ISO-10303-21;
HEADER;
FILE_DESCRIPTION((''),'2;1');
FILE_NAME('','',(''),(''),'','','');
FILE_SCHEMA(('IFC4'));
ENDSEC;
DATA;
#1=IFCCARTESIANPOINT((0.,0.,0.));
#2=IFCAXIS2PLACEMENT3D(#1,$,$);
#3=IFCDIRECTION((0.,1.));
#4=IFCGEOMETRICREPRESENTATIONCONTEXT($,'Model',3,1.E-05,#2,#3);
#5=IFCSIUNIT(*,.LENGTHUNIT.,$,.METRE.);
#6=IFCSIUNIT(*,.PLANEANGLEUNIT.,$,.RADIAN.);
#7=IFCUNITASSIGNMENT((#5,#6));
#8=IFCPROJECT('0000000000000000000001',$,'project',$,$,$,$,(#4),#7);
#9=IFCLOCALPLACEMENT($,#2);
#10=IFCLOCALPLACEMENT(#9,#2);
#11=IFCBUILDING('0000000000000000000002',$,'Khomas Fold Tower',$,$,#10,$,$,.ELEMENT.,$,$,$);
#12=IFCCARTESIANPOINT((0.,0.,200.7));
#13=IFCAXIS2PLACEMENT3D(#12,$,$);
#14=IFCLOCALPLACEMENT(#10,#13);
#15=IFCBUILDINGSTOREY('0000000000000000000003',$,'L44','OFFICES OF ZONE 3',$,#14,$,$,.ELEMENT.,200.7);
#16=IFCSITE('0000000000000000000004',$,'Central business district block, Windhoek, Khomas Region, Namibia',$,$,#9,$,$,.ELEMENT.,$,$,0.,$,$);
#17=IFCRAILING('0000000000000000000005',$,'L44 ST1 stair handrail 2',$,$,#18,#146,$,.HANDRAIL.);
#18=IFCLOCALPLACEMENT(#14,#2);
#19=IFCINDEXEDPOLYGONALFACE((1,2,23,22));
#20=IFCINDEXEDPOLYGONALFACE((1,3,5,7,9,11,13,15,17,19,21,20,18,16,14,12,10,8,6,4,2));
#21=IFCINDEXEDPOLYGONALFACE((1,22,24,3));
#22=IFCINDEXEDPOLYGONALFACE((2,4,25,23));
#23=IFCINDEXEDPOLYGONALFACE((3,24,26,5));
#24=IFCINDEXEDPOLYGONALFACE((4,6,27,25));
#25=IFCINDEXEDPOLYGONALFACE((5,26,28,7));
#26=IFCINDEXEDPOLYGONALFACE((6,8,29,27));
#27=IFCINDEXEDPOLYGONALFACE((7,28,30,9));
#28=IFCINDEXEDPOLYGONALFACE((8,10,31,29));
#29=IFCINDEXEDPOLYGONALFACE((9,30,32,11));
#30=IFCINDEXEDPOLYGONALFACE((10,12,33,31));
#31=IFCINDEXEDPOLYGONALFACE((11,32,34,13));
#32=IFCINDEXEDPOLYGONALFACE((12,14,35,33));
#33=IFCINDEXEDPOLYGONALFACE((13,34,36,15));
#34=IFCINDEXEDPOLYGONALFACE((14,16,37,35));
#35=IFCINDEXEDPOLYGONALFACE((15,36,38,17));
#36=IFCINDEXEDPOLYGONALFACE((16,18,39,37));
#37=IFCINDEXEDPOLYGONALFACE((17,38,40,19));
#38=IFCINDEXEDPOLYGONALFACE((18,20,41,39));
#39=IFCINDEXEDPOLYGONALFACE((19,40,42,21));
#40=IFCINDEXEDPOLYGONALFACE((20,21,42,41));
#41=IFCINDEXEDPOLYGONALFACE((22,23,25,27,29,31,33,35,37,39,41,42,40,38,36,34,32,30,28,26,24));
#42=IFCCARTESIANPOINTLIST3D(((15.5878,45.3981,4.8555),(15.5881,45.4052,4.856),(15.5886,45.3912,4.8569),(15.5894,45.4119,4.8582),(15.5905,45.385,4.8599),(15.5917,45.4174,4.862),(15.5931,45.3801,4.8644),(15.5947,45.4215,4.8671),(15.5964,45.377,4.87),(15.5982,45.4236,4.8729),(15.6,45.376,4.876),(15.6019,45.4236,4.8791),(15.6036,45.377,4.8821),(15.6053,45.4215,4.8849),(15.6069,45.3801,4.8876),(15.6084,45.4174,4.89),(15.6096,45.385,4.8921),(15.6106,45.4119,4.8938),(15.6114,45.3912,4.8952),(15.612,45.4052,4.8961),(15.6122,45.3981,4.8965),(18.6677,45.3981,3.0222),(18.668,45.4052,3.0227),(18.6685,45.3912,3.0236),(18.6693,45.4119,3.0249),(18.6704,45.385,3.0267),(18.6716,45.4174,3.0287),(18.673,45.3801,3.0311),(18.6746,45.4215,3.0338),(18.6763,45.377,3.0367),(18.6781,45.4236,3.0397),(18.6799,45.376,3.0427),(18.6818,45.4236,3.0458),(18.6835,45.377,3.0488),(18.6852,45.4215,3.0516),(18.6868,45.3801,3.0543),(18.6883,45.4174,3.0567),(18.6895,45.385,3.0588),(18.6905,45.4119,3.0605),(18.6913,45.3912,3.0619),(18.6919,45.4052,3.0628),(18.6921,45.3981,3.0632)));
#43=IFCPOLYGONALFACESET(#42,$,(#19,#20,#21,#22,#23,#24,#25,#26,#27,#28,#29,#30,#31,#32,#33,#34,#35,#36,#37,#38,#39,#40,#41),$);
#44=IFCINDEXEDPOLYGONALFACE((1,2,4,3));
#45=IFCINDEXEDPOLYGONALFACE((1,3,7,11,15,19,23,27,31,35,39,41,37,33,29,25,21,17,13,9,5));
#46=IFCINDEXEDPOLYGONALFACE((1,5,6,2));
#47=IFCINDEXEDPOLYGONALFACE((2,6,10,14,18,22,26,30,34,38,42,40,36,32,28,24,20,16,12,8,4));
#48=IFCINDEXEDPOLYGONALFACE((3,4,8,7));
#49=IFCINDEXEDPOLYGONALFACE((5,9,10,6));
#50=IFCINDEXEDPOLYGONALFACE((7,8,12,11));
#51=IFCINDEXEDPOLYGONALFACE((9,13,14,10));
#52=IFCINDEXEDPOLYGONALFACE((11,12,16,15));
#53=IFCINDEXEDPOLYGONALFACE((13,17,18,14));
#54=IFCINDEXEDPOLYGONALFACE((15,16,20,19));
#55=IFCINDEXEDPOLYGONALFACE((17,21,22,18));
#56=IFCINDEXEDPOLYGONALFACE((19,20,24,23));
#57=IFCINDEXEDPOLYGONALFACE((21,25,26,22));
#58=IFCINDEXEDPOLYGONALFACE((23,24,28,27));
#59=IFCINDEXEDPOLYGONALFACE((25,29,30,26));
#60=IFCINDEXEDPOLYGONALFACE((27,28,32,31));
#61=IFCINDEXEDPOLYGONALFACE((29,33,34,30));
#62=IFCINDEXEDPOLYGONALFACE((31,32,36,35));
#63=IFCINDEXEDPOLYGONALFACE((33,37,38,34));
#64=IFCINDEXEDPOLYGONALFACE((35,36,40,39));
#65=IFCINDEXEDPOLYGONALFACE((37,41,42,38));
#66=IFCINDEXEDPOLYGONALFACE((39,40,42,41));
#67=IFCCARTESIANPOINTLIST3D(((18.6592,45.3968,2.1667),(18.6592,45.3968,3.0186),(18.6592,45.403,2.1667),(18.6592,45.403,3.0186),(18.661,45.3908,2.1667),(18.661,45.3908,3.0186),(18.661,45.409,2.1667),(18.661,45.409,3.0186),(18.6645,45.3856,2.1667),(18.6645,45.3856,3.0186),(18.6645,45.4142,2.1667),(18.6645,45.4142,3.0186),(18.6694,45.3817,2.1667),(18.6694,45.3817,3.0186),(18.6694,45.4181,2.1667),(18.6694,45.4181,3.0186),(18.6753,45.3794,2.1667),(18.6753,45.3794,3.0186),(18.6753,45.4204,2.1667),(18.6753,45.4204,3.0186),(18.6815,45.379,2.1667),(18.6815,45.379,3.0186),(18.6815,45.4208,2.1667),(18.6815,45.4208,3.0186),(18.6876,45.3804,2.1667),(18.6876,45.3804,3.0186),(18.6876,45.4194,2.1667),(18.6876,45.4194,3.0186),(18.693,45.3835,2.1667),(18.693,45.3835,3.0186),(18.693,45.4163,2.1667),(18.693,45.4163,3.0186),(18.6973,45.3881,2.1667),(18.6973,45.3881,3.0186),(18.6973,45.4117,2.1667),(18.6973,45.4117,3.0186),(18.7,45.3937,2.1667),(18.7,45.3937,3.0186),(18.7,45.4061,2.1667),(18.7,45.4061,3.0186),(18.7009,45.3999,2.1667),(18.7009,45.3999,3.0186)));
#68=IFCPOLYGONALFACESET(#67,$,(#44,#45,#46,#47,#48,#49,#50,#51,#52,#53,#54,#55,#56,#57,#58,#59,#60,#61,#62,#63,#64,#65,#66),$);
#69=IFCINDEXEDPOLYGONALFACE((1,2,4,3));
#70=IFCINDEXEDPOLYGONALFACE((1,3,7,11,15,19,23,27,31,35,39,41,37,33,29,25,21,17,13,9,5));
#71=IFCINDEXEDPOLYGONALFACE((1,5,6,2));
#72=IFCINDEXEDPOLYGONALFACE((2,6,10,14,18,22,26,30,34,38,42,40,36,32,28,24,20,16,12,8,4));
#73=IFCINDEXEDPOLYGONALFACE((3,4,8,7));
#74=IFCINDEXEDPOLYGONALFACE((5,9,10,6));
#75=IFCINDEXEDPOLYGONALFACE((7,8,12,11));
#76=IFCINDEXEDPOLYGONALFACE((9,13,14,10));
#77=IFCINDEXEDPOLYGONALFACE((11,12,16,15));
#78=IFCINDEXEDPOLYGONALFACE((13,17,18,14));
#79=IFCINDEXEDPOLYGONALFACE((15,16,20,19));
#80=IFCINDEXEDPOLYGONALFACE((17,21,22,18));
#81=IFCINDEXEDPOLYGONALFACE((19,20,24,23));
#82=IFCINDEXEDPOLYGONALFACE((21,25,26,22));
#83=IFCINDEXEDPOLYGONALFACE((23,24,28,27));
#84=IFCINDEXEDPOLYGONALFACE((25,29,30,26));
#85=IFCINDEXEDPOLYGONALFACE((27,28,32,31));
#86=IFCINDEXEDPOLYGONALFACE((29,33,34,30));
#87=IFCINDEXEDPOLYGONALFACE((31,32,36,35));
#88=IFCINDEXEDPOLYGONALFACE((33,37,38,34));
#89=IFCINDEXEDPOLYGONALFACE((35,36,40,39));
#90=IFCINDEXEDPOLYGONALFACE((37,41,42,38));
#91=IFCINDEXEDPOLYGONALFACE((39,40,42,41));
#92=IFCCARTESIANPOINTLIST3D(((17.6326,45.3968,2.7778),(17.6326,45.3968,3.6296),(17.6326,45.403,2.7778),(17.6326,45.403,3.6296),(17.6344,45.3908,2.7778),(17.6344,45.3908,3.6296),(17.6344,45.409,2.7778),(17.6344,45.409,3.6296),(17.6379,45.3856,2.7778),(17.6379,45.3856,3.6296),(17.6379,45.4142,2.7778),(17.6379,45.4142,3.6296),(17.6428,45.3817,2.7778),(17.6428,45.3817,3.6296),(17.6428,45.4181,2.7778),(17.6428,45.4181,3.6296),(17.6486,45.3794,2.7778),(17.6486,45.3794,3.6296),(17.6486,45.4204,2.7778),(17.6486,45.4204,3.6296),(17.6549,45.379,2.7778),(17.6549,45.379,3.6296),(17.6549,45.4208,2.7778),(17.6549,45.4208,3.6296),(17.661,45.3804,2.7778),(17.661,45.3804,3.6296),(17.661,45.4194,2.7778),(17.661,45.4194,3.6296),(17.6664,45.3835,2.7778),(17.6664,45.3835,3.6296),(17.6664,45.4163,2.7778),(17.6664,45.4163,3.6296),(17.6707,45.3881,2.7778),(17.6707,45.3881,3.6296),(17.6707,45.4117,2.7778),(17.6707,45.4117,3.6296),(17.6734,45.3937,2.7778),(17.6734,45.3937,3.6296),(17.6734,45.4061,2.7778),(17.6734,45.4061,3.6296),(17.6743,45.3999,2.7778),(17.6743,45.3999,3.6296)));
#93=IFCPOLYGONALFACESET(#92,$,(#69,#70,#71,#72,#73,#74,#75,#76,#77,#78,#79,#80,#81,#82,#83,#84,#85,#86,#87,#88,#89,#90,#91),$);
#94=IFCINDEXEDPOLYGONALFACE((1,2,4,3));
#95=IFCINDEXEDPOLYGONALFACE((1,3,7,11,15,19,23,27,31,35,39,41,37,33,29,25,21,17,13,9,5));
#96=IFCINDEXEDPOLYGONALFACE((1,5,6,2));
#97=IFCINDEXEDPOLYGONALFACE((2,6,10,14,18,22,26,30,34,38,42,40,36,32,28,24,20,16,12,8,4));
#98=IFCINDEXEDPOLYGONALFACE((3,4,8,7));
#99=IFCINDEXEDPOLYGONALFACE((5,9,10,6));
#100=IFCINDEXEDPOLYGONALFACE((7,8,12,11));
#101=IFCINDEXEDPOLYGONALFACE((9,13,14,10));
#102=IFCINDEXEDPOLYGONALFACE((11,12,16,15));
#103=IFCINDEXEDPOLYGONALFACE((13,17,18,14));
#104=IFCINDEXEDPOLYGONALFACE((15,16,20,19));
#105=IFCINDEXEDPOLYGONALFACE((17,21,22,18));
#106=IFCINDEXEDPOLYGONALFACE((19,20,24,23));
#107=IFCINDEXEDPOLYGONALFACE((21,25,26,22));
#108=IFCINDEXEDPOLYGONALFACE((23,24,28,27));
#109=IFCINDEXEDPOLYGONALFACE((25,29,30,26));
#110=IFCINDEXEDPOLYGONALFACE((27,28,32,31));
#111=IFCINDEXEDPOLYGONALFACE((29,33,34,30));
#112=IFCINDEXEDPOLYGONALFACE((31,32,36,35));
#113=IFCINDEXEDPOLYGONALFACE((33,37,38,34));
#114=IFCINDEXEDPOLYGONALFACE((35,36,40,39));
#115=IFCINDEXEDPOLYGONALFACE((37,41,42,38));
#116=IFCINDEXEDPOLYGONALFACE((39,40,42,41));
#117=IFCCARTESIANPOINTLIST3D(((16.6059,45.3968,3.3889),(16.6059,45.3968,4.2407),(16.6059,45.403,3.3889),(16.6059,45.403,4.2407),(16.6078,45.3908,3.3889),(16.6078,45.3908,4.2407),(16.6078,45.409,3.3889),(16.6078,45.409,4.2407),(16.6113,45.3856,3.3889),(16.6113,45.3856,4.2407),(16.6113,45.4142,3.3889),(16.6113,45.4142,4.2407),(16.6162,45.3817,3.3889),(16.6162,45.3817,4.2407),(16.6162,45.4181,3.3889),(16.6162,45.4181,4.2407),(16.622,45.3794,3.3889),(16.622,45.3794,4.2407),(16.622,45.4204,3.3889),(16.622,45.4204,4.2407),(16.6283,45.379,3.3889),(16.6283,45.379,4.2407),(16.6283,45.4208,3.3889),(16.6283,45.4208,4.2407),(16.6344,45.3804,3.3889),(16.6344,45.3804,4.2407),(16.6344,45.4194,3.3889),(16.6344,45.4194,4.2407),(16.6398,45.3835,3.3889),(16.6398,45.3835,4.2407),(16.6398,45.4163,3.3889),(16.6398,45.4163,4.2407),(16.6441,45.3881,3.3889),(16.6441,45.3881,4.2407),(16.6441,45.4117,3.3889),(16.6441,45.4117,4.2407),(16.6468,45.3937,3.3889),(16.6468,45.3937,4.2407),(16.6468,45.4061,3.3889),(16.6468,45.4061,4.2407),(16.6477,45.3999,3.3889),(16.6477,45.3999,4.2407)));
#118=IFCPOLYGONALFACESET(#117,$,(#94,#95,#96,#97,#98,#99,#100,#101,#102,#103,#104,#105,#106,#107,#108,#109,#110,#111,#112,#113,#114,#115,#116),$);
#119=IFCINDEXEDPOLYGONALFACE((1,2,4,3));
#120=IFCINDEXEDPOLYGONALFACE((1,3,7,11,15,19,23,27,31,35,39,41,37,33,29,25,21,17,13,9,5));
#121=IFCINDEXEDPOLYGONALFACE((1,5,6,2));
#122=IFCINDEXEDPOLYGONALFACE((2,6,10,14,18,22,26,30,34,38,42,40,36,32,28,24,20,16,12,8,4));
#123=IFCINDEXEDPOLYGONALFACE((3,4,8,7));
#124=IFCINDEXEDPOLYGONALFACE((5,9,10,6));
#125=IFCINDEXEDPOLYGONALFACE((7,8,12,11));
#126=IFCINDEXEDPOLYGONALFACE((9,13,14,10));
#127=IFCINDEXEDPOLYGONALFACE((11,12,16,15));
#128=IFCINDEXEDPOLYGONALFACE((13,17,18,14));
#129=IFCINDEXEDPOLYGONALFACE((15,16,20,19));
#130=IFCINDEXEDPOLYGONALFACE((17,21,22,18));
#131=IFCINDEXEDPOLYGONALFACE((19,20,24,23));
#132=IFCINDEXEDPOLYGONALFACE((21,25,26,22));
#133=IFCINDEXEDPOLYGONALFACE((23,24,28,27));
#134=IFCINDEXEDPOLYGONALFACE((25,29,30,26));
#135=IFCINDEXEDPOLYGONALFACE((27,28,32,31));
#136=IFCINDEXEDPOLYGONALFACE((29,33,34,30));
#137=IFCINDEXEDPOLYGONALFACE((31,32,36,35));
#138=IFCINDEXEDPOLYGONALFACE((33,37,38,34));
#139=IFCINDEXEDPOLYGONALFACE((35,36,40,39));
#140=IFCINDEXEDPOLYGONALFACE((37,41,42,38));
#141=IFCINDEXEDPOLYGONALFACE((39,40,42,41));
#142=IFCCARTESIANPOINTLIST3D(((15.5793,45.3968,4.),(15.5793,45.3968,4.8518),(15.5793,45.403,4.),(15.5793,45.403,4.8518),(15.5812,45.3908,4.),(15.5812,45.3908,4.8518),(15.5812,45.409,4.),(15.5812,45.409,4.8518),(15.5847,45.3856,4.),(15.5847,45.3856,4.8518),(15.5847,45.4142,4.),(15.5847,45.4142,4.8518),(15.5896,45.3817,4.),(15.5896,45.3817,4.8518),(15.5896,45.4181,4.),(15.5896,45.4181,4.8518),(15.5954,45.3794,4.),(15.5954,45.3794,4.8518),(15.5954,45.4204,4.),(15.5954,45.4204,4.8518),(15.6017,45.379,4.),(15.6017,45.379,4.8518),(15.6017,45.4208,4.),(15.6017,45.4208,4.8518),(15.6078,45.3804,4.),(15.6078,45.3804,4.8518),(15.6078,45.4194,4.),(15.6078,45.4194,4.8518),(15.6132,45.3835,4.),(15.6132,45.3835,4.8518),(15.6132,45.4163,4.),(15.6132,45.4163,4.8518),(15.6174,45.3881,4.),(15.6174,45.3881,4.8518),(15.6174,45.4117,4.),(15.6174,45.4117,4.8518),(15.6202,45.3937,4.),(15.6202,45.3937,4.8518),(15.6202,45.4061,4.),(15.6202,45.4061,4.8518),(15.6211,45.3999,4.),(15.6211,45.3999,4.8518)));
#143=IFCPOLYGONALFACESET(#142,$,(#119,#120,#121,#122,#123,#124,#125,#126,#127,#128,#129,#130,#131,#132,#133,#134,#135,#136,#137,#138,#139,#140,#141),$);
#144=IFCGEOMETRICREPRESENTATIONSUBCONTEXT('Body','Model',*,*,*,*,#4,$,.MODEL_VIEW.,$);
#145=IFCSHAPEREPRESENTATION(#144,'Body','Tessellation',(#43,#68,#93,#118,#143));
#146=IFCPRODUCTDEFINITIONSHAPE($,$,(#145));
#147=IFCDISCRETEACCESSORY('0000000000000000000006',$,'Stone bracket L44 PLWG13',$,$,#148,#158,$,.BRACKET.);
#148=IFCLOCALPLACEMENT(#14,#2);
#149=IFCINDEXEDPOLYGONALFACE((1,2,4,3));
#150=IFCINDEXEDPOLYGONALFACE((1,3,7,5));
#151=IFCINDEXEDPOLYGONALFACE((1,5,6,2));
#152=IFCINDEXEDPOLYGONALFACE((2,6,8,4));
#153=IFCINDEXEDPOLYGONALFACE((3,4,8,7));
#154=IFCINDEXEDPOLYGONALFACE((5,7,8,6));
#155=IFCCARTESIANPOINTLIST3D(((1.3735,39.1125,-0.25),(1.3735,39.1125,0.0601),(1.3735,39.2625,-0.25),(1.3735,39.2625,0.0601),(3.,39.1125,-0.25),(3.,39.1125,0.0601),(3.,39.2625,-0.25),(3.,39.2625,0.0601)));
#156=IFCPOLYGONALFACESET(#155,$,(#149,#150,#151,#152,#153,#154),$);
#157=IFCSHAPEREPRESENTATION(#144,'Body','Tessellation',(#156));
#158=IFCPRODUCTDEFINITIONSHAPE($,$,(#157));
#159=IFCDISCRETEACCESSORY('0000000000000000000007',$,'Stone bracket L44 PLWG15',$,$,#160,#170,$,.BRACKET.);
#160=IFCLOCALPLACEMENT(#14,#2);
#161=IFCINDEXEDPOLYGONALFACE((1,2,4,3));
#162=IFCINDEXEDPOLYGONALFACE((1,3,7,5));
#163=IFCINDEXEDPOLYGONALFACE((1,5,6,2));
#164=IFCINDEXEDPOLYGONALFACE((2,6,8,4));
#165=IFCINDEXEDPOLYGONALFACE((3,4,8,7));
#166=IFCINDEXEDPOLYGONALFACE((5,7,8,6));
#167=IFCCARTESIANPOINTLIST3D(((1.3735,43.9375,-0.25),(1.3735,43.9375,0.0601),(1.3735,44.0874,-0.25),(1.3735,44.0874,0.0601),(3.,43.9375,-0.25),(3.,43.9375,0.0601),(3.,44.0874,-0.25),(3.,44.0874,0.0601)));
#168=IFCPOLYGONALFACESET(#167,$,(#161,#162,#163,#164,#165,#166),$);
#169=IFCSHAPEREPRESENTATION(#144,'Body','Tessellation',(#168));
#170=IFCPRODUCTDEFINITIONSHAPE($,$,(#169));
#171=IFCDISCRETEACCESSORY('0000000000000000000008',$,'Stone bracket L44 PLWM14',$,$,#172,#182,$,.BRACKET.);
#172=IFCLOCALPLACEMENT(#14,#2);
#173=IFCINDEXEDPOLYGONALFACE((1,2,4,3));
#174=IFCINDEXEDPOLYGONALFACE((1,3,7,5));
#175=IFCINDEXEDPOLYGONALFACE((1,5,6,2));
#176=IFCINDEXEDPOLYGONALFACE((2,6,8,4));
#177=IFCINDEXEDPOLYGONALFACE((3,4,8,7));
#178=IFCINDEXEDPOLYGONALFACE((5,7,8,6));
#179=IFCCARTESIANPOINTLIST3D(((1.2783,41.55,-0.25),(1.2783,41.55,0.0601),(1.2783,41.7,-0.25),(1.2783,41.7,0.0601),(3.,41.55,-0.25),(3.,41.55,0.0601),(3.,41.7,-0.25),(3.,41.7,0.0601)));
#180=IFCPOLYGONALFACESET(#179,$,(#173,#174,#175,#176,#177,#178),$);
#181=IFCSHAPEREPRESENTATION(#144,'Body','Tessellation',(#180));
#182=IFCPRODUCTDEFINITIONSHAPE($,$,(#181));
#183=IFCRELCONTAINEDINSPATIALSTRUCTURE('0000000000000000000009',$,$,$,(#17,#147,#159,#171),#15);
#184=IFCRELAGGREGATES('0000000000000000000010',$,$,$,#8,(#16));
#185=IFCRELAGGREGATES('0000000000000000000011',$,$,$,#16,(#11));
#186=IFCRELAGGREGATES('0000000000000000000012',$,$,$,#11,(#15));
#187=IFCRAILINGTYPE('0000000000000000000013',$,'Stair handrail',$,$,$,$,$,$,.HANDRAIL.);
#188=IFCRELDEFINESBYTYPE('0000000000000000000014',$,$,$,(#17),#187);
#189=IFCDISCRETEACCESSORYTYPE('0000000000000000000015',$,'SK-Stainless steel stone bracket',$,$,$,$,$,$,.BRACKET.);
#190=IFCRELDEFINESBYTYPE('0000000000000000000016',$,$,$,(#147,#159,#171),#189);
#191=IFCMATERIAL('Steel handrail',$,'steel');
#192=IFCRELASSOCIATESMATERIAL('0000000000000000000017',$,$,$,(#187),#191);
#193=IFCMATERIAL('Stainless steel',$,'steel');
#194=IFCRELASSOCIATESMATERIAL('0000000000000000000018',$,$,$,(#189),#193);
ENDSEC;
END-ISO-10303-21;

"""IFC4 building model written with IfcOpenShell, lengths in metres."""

from ifc_helpers import new_model, si_unit, direction, frame, origin, origin_2d, place, context, subcontext, project, spatial, rectangle, circle, extrude, source, transform, mapped, material, type_object, element, save


model = new_model("IFC4")

# Units and contexts
model_context = context("Model", 3, precision=1e-05, world=origin(), true_north=direction((0.0, 1.0)))
body_context = subcontext(model_context, "Body", "Model", "MODEL_VIEW")
ifc_project = project(units=[si_unit("LENGTHUNIT", "METRE"), si_unit("PLANEANGLEUNIT", "RADIAN")], contexts=[model_context])

# Site, building, storey
site_placement = place(None, origin())
site = spatial("IfcSite", under=ifc_project, at=site_placement, Name="Central business district block, Windhoek, Khomas Region, Namibia", CompositionType="ELEMENT", RefElevation=0.0)
building_placement = place(site_placement, origin())
building = spatial("IfcBuilding", under=site, at=building_placement, Name="Khomas Fold Tower", CompositionType="ELEMENT")
storey_placement = place(building_placement, frame((0.0, 0.0, 200.7)))
storey = spatial("IfcBuildingStorey", under=building, at=storey_placement, Name="L44", Description="OFFICES OF ZONE 3", CompositionType="ELEMENT", Elevation=200.7)

# Railing
ifc_material_1 = material(Name="Steel handrail", Category="steel")
railing_type_1 = type_object("IfcRailingType", Name="Stair handrail", PredefinedType="HANDRAIL", material=ifc_material_1)
shared_shape_1 = source(origin(), body_context, "Body", "SweptSolid", [
    extrude(circle(Radius=0.0239, at=origin_2d()), frame((0.0, 0.0, 0.876), z_axis=(-0.859291, 0.0, 0.511487), x_axis=(0.0, -1.0, 0.0)), (0.0, 0.0, 1.0), 3.5842),
    extrude(circle(Radius=0.021, at=origin_2d()), origin(), (0.0, 0.0, 1.0), 0.8518),
    extrude(circle(Radius=0.021, at=origin_2d()), frame((-1.0266, 0.0, 0.6111)), (0.0, 0.0, 1.0), 0.8518),
    extrude(circle(Radius=0.021, at=origin_2d()), frame((-2.0532, 0.0, 1.2222)), (0.0, 0.0, 1.0), 0.8518),
    extrude(circle(Radius=0.021, at=origin_2d()), frame((-3.0798, 0.0, 1.8333)), (0.0, 0.0, 1.0), 0.8518),
])
railing_1_placement = place(storey_placement, frame((18.6799, 45.3999, 2.1667)))
element("IfcRailing", 1, at=railing_1_placement, inside=storey, type_object=railing_type_1, Name="L44 ST1 stair handrail 2", PredefinedType="HANDRAIL", context=body_context, shape_type="MappedRepresentation", body=[
    mapped(shared_shape_1, transform((0.0, 0.0, 0.0))),
])

# Discrete accessories
ifc_material_2 = material(Name="Stainless steel", Category="steel")
discrete_accessory_type = type_object("IfcDiscreteAccessoryType", Name="SK-Stainless steel stone bracket", PredefinedType="BRACKET", material=ifc_material_2)
shared_shape_2 = source(origin(), body_context, "Body", "SweptSolid", [
    extrude(rectangle(XDim=1.6265, YDim=0.1499, at=origin_2d()), origin(), (0.0, 0.0, 1.0), 0.3101),
])
for number, where, z_axis, x_axis, name in (
    (2, (2.1868, 39.1875, -0.25), (0.0, 0.0, 1.0), (-1.0, 0.0, 0.0), "Stone bracket L44 PLWG13"),
    (3, (2.1868, 44.0125, -0.25), (0.0, 0.0, 1.0), (-1.0, 0.0, 0.0), "Stone bracket L44 PLWG15"),
):
    element("IfcDiscreteAccessory", number, at=place(storey_placement, frame(where, z_axis=z_axis, x_axis=x_axis)), inside=storey, type_object=discrete_accessory_type, Name=name, PredefinedType="BRACKET", context=body_context, shape_type="MappedRepresentation", body=[
        mapped(shared_shape_2, transform((0.0, 0.0, 0.0))),
    ])
shared_shape_3 = source(origin(), body_context, "Body", "SweptSolid", [
    extrude(rectangle(XDim=1.7217, YDim=0.1499, at=origin_2d()), origin(), (0.0, 0.0, 1.0), 0.3101),
])
discrete_accessory_placement = place(storey_placement, frame((2.1392, 41.625, -0.25), z_axis=(0.0, 0.0, 1.0), x_axis=(-1.0, 0.0, 0.0)))
element("IfcDiscreteAccessory", 4, at=discrete_accessory_placement, inside=storey, type_object=discrete_accessory_type, Name="Stone bracket L44 PLWM14", PredefinedType="BRACKET", context=body_context, shape_type="MappedRepresentation", body=[
    mapped(shared_shape_3, transform((0.0, 0.0, 0.0))),
])

save(model, "model.ifc")
